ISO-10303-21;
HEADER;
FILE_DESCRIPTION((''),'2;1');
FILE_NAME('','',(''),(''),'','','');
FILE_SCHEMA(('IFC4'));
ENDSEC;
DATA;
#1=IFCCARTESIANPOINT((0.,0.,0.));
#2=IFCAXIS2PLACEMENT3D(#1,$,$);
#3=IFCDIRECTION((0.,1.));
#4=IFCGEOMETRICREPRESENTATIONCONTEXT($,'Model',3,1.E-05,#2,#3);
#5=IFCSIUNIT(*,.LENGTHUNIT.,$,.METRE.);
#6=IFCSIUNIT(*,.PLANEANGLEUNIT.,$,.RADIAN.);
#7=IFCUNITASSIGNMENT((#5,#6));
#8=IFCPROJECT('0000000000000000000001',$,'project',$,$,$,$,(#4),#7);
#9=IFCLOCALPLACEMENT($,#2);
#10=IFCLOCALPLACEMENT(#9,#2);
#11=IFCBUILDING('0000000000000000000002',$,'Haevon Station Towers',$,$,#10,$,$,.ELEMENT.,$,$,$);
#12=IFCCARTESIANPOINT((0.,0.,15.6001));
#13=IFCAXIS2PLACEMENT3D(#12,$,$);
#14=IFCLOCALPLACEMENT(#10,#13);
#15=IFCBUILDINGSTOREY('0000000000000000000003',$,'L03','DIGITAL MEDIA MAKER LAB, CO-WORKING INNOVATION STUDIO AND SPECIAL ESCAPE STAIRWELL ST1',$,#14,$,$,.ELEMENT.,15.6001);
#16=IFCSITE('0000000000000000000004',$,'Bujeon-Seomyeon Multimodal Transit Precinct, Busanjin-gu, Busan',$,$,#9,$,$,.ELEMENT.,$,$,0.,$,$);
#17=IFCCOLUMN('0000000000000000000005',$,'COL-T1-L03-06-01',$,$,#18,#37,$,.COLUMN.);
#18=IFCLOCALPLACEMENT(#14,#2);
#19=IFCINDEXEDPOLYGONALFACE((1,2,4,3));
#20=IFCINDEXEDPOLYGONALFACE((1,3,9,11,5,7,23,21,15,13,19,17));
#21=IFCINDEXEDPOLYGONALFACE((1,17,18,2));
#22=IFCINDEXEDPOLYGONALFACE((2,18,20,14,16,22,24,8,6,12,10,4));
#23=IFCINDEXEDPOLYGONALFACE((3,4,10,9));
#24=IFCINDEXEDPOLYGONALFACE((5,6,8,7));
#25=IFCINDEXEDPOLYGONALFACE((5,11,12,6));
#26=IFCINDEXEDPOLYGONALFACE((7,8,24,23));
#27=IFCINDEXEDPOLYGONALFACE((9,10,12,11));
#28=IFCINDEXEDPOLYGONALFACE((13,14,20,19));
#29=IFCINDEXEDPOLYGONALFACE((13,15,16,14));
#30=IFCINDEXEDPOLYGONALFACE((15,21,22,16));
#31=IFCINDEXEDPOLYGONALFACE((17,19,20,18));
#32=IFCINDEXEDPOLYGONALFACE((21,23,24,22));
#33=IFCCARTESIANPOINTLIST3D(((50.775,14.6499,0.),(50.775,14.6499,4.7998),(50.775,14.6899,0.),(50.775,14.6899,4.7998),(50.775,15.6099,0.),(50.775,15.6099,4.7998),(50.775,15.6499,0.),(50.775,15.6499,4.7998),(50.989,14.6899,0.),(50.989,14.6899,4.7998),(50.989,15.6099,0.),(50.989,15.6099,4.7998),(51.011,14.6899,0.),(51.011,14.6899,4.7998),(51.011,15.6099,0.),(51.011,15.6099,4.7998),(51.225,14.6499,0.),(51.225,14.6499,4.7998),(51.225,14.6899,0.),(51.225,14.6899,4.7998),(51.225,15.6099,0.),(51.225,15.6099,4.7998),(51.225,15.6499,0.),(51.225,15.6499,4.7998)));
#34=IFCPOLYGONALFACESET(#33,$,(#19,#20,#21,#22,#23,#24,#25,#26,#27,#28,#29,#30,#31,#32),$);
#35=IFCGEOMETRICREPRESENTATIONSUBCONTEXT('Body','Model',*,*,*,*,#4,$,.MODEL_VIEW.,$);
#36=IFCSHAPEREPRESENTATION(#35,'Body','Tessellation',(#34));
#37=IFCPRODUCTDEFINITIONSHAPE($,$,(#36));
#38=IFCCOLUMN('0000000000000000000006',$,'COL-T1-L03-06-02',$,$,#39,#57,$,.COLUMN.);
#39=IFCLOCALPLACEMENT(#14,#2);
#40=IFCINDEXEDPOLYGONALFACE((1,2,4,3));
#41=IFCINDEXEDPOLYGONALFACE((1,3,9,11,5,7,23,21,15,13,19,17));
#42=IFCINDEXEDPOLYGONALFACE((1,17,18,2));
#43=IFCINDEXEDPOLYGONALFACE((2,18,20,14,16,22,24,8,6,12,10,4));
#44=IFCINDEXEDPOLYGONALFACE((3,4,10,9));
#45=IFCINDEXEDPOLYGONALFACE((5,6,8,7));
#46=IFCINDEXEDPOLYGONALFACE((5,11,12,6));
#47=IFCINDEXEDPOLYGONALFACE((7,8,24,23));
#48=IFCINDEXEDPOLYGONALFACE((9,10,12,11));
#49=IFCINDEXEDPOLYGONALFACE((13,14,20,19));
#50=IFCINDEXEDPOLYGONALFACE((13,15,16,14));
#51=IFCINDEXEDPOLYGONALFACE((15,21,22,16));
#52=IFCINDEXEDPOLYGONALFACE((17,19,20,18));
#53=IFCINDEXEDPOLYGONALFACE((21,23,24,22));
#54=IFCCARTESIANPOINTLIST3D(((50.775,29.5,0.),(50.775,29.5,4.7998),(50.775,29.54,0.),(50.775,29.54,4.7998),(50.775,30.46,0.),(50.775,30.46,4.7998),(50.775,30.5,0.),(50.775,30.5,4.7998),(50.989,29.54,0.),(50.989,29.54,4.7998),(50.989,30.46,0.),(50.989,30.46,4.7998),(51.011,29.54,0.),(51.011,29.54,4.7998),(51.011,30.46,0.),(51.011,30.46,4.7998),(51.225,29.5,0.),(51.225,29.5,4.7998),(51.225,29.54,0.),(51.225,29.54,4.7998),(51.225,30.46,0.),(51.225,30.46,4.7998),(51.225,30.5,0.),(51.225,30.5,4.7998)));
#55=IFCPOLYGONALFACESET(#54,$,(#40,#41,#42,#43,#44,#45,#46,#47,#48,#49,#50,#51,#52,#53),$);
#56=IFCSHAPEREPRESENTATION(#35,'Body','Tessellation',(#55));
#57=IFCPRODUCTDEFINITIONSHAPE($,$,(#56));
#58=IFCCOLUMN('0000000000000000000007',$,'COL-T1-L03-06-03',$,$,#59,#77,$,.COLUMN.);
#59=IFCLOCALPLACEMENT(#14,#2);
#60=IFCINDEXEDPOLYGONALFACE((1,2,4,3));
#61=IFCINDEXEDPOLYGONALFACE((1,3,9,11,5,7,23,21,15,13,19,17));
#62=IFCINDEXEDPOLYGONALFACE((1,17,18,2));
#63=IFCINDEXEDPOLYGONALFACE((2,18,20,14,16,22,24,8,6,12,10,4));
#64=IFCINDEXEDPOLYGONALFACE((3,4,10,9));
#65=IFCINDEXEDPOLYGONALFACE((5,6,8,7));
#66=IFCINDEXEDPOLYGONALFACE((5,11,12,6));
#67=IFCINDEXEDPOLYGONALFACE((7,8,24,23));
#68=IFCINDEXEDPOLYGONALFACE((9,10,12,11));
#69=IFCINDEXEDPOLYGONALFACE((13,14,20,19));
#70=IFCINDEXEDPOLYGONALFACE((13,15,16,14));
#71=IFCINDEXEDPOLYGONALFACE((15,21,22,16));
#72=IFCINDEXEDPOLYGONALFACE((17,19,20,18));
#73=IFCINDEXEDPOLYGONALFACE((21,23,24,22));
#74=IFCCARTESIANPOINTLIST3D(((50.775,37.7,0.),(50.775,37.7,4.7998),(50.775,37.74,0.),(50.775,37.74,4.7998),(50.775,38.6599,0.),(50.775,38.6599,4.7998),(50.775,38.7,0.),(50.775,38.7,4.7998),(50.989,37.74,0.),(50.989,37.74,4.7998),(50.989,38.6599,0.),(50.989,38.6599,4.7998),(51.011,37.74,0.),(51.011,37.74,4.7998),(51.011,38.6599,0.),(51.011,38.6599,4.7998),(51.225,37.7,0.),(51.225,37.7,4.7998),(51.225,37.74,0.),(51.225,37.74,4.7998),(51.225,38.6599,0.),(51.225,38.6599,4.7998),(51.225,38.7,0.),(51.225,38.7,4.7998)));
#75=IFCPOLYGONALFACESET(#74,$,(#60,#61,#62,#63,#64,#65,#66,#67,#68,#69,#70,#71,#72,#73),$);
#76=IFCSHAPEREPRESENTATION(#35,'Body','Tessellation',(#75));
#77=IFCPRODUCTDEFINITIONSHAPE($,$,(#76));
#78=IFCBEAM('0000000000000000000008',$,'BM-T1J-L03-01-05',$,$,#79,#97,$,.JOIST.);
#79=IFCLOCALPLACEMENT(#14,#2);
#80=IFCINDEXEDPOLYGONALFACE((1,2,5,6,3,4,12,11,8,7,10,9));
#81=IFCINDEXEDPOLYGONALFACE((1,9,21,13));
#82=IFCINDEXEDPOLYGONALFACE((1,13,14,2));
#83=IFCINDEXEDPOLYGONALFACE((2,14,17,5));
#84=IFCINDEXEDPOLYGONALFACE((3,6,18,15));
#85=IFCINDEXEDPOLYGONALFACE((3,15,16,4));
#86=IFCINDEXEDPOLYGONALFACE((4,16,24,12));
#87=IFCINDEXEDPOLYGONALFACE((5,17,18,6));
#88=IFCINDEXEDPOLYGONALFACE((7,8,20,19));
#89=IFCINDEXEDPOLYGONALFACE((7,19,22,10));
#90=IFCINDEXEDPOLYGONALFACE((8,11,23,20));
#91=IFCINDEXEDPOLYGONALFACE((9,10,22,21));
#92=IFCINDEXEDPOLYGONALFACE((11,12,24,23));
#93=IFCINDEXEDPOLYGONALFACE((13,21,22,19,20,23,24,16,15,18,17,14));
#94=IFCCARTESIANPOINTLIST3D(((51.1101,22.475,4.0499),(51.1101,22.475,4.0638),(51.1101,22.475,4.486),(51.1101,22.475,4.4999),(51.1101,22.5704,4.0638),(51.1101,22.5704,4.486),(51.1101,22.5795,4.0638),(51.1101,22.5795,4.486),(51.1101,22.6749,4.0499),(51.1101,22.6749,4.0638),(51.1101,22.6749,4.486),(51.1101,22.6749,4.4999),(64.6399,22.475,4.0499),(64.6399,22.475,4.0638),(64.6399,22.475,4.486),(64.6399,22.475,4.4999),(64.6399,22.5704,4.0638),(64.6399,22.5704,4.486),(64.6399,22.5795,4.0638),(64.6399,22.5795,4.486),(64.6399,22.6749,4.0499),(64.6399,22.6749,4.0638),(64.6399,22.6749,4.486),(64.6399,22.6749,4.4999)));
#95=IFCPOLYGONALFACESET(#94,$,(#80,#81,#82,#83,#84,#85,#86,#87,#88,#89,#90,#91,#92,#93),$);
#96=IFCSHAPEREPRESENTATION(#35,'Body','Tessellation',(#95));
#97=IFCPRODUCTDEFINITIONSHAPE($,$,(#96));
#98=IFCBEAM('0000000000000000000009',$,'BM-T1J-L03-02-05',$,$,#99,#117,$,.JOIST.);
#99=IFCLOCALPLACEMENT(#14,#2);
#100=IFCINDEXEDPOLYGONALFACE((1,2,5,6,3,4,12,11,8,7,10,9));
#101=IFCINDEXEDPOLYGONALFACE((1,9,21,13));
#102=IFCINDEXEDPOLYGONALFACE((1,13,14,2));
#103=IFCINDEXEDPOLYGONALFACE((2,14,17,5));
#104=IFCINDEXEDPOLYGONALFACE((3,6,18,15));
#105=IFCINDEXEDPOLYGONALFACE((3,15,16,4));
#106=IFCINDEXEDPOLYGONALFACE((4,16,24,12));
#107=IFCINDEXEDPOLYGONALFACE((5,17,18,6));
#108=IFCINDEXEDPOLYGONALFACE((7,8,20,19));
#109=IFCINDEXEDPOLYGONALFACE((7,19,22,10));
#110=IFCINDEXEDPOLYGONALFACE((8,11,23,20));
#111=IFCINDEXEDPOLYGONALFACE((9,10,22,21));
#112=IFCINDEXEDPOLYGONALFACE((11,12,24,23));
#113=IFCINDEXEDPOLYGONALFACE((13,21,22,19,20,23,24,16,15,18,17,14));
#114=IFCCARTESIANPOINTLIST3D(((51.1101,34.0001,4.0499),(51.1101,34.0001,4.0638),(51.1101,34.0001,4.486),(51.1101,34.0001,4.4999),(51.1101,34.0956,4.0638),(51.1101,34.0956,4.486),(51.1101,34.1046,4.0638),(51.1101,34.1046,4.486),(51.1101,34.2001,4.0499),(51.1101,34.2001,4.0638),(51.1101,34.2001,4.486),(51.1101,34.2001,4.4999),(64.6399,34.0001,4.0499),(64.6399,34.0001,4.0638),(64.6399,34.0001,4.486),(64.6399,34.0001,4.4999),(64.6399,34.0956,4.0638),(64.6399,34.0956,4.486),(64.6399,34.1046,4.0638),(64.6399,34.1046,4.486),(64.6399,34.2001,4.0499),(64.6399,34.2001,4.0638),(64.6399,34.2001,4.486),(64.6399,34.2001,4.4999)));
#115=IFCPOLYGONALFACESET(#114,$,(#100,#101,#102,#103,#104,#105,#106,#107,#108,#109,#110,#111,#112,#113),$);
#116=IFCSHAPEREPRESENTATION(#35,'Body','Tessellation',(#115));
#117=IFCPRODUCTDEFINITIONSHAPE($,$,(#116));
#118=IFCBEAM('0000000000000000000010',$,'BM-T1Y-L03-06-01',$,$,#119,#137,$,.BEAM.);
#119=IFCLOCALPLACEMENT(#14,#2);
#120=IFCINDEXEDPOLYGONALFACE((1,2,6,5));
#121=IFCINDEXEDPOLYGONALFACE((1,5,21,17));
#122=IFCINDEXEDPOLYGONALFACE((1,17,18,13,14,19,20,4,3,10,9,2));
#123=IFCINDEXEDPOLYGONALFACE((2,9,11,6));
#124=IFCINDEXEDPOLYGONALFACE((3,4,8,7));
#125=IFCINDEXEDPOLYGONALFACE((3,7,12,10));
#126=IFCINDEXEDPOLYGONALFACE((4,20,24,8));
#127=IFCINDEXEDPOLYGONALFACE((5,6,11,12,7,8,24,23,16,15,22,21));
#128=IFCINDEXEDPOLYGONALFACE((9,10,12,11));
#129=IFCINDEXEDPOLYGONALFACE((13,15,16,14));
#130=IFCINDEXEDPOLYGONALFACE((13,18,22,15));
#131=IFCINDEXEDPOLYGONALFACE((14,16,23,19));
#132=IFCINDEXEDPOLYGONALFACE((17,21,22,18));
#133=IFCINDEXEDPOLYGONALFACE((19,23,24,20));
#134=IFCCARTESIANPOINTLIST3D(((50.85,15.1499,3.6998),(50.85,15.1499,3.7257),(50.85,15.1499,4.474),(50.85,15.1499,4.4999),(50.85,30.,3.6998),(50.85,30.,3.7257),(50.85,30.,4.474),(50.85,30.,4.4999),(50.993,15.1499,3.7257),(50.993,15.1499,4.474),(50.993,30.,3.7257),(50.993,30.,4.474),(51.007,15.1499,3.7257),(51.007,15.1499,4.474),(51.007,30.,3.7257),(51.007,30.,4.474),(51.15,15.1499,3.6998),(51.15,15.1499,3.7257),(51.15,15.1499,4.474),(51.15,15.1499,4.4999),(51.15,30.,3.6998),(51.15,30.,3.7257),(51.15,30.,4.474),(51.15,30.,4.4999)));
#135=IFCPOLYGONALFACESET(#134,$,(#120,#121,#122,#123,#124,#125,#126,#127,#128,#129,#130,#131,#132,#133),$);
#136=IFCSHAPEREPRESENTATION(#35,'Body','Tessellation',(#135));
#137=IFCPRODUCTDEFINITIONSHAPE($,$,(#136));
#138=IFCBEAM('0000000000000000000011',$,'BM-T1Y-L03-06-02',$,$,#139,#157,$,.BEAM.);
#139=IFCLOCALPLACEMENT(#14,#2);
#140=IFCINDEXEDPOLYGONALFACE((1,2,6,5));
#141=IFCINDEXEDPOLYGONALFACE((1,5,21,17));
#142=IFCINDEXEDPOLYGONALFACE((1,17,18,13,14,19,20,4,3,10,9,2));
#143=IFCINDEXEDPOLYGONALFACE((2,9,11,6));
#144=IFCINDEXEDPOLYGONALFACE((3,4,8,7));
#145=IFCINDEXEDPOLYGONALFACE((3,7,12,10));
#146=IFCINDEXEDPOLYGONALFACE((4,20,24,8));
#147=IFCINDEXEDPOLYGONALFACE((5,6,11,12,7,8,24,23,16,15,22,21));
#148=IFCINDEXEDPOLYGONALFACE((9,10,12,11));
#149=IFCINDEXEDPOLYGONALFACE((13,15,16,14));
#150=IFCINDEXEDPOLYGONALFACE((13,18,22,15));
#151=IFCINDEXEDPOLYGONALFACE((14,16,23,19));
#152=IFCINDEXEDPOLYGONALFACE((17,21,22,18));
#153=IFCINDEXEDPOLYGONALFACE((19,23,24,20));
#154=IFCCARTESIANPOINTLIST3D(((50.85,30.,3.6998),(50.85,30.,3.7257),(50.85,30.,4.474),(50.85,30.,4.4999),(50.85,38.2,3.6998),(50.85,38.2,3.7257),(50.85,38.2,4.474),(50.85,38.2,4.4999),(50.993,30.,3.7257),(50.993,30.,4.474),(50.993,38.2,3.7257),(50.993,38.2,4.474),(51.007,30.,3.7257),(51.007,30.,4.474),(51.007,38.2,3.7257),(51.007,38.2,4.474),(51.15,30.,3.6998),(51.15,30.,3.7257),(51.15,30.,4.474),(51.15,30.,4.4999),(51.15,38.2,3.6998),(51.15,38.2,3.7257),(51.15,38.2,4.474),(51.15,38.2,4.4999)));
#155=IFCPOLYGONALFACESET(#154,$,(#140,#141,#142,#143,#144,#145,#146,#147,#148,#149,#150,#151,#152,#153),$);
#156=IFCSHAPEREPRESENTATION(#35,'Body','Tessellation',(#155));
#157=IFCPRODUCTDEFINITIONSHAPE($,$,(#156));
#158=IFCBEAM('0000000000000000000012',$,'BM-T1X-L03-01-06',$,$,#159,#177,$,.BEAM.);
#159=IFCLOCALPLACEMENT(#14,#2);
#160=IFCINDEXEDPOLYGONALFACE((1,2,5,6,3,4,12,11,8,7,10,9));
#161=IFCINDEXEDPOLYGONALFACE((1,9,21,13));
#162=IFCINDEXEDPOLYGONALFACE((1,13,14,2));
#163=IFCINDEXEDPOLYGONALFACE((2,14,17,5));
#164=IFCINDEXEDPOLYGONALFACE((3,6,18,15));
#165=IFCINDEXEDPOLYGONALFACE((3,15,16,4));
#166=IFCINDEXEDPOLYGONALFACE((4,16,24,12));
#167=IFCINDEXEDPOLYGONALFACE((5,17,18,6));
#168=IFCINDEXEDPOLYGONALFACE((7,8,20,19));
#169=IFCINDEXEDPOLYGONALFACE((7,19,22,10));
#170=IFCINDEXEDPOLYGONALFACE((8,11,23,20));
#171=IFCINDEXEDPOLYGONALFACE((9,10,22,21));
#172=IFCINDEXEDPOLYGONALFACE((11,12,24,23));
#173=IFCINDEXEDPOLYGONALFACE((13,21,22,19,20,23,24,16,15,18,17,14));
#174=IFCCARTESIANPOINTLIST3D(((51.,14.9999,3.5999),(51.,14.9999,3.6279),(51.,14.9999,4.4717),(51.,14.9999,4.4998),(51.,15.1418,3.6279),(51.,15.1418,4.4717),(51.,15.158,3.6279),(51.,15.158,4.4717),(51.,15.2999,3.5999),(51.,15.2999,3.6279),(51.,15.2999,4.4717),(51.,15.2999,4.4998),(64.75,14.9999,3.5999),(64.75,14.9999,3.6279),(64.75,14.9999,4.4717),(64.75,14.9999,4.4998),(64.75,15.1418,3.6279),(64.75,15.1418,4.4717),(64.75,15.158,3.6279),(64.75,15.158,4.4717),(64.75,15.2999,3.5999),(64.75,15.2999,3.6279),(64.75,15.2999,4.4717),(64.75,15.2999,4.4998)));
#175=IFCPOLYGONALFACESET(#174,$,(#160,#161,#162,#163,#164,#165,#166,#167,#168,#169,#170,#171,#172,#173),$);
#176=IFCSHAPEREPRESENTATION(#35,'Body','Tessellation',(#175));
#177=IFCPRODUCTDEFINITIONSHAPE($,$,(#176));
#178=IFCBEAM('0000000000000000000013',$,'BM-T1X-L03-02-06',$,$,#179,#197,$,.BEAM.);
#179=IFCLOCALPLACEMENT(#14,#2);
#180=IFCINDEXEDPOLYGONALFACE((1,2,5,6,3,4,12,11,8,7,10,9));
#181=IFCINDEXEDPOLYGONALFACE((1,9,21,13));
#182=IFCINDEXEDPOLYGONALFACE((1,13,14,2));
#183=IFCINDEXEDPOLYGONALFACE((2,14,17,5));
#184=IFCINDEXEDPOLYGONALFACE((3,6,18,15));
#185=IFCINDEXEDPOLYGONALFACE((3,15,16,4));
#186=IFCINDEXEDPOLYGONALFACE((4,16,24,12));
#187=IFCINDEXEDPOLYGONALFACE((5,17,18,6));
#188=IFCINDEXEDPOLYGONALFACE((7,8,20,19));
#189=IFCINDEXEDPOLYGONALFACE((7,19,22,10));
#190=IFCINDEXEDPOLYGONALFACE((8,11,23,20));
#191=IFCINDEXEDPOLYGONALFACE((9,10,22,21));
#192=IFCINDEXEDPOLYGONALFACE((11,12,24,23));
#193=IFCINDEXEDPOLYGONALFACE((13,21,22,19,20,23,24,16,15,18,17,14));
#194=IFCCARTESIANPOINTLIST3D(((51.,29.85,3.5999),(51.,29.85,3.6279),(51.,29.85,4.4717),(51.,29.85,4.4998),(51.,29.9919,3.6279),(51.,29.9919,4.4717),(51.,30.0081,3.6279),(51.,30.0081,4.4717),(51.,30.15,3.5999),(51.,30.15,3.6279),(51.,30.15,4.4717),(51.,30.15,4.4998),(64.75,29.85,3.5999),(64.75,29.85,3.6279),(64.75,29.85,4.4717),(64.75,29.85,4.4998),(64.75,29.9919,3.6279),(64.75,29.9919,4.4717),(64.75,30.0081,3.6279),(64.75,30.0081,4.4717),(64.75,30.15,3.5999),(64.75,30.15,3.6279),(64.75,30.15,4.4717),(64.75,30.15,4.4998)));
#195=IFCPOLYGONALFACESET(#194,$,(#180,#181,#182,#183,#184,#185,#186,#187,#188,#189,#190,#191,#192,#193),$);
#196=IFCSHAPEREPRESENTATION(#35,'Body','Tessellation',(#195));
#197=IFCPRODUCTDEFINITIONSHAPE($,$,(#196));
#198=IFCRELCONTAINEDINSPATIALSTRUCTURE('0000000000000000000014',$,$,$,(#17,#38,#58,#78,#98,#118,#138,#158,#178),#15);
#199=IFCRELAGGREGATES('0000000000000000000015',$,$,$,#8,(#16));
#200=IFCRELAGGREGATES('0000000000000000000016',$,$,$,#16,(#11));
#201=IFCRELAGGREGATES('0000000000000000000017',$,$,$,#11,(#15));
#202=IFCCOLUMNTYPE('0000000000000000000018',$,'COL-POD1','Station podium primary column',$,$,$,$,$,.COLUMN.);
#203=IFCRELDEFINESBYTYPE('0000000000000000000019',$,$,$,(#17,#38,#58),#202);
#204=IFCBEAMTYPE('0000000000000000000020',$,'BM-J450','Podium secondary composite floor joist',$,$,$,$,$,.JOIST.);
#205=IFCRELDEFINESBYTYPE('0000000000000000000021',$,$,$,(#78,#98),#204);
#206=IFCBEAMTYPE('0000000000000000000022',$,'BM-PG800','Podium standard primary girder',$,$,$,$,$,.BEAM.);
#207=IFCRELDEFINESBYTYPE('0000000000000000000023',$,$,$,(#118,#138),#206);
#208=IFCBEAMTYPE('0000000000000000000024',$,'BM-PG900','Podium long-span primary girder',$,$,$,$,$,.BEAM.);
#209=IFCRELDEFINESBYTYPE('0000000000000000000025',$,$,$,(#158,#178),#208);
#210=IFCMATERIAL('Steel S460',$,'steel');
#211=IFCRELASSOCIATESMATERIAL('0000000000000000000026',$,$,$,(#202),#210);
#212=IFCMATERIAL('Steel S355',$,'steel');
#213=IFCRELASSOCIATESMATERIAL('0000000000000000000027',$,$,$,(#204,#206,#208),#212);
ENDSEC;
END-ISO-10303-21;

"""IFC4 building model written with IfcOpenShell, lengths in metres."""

from ifc_helpers import new_model, si_unit, direction, frame, origin, origin_2d, place, context, subcontext, project, spatial, i_section, extrude, material, material_profile, profile_set, type_object, element, save


model = new_model("IFC4")

# Units and contexts
model_context = context("Model", 3, precision=1e-05, world=origin(), true_north=direction((0.0, 1.0)))
body_context = subcontext(model_context, "Body", "Model", "MODEL_VIEW")
ifc_project = project(units=[si_unit("LENGTHUNIT", "METRE"), si_unit("PLANEANGLEUNIT", "RADIAN")], contexts=[model_context])

# Site, building, storey
site_placement = place(None, origin())
site = spatial("IfcSite", under=ifc_project, at=site_placement, Name="Bujeon-Seomyeon Multimodal Transit Precinct, Busanjin-gu, Busan", CompositionType="ELEMENT", RefElevation=0.0)
building_placement = place(site_placement, origin())
building = spatial("IfcBuilding", under=site, at=building_placement, Name="Haevon Station Towers", CompositionType="ELEMENT")
storey_placement = place(building_placement, frame((0.0, 0.0, 15.6001)))
storey = spatial("IfcBuildingStorey", under=building, at=storey_placement, Name="L03", Description="DIGITAL MEDIA MAKER LAB, CO-WORKING INNOVATION STUDIO AND SPECIAL ESCAPE STAIRWELL ST1", CompositionType="ELEMENT", Elevation=15.6001)

# Columns
ifc_material_1 = material(Name="Steel S460", Category="steel")
ifc_material_profile_1 = material_profile(ifc_material_1, i_section(OverallWidth=0.45, OverallDepth=1.0, WebThickness=0.022, FlangeThickness=0.04, at=origin_2d()), Name="H-1000x450x22x40")
ifc_profile_set_1 = profile_set([ifc_material_profile_1], Name="Steel S460")
column_type = type_object("IfcColumnType", Name="COL-POD1", Description="Station podium primary column", PredefinedType="COLUMN", material=ifc_profile_set_1)
for number, where, z_axis, x_axis, name in (
    (1, (51.0, 15.1499, 0.0), (0.0, 0.0, 1.0), (1.0, 0.0, 0.0), "COL-T1-L03-06-01"),
    (2, (51.0, 30.0, 0.0), (0.0, 0.0, 1.0), (1.0, 0.0, 0.0), "COL-T1-L03-06-02"),
    (3, (51.0, 38.2, 0.0), (0.0, 0.0, 1.0), (1.0, 0.0, 0.0), "COL-T1-L03-06-03"),
):
    element("IfcColumn", number, at=place(storey_placement, frame(where, z_axis=z_axis, x_axis=x_axis)), inside=storey, type_object=column_type, Name=name, PredefinedType="COLUMN", context=body_context, shape_type="SweptSolid", body=[
        extrude(i_section(OverallWidth=0.45, OverallDepth=1.0, WebThickness=0.022, FlangeThickness=0.04, at=origin_2d()), origin(), (0.0, 0.0, 1.0), 4.7998),
    ])

# Beams
ifc_material_2 = material(Name="Steel S355", Category="steel")
ifc_material_profile_2 = material_profile(ifc_material_2, i_section(OverallWidth=0.2, OverallDepth=0.45, WebThickness=0.009, FlangeThickness=0.0139, at=origin_2d()), Name="H-450x200x9x14")
ifc_profile_set_2 = profile_set([ifc_material_profile_2], Name="Steel S355")
beam_type_1 = type_object("IfcBeamType", Name="BM-J450", Description="Podium secondary composite floor joist", PredefinedType="JOIST", material=ifc_profile_set_2)
for number, where, z_axis, x_axis, name in (
    (4, (51.1101, 22.575, 4.2749), (1.0, 0.0, 0.0), (0.0, 1.0, 0.0), "BM-T1J-L03-01-05"),
    (5, (51.1101, 34.1001, 4.2749), (1.0, 0.0, 0.0), (0.0, 1.0, 0.0), "BM-T1J-L03-02-05"),
):
    element("IfcBeam", number, at=place(storey_placement, frame(where, z_axis=z_axis, x_axis=x_axis)), inside=storey, type_object=beam_type_1, Name=name, PredefinedType="JOIST", context=body_context, shape_type="SweptSolid", body=[
        extrude(i_section(OverallWidth=0.2, OverallDepth=0.45, WebThickness=0.009, FlangeThickness=0.0139, at=origin_2d()), origin(), (0.0, 0.0, 1.0), 13.5298),
    ])
ifc_material_profile_3 = material_profile(ifc_material_2, i_section(OverallWidth=0.3, OverallDepth=0.8, WebThickness=0.0139, FlangeThickness=0.0259, at=origin_2d()), Name="H-800x300x14x26")
ifc_profile_set_3 = profile_set([ifc_material_profile_3], Name="Steel S355")
beam_type_2 = type_object("IfcBeamType", Name="BM-PG800", Description="Podium standard primary girder", PredefinedType="BEAM", material=ifc_profile_set_3)
beam_1_placement = place(storey_placement, frame((51.0, 15.1499, 4.0999), z_axis=(0.0, 1.0, 0.0), x_axis=(-1.0, 0.0, 0.0)))
element("IfcBeam", 6, at=beam_1_placement, inside=storey, type_object=beam_type_2, Name="BM-T1Y-L03-06-01", PredefinedType="BEAM", context=body_context, shape_type="SweptSolid", body=[
    extrude(i_section(OverallWidth=0.3, OverallDepth=0.8, WebThickness=0.0139, FlangeThickness=0.0259, at=origin_2d()), origin(), (0.0, 0.0, 1.0), 14.8501),
])
beam_2_placement = place(storey_placement, frame((51.0, 30.0, 4.0999), z_axis=(0.0, 1.0, 0.0), x_axis=(-1.0, 0.0, 0.0)))
element("IfcBeam", 7, at=beam_2_placement, inside=storey, type_object=beam_type_2, Name="BM-T1Y-L03-06-02", PredefinedType="BEAM", context=body_context, shape_type="SweptSolid", body=[
    extrude(i_section(OverallWidth=0.3, OverallDepth=0.8, WebThickness=0.0139, FlangeThickness=0.0259, at=origin_2d()), origin(), (0.0, 0.0, 1.0), 8.2),
])
ifc_material_profile_4 = material_profile(ifc_material_2, i_section(OverallWidth=0.3, OverallDepth=0.8999, WebThickness=0.0161, FlangeThickness=0.0281, at=origin_2d()), Name="H-900x300x16x28")
ifc_profile_set_4 = profile_set([ifc_material_profile_4], Name="Steel S355")
beam_type_3 = type_object("IfcBeamType", Name="BM-PG900", Description="Podium long-span primary girder", PredefinedType="BEAM", material=ifc_profile_set_4)
for number, where, z_axis, x_axis, name in (
    (8, (51.0, 15.1499, 4.0498), (1.0, 0.0, 0.0), (0.0, 1.0, 0.0), "BM-T1X-L03-01-06"),
    (9, (51.0, 30.0, 4.0498), (1.0, 0.0, 0.0), (0.0, 1.0, 0.0), "BM-T1X-L03-02-06"),
):
    element("IfcBeam", number, at=place(storey_placement, frame(where, z_axis=z_axis, x_axis=x_axis)), inside=storey, type_object=beam_type_3, Name=name, PredefinedType="BEAM", context=body_context, shape_type="SweptSolid", body=[
        extrude(i_section(OverallWidth=0.3, OverallDepth=0.8999, WebThickness=0.0161, FlangeThickness=0.0281, at=origin_2d()), origin(), (0.0, 0.0, 1.0), 13.75),
    ])

save(model, "model.ifc")
